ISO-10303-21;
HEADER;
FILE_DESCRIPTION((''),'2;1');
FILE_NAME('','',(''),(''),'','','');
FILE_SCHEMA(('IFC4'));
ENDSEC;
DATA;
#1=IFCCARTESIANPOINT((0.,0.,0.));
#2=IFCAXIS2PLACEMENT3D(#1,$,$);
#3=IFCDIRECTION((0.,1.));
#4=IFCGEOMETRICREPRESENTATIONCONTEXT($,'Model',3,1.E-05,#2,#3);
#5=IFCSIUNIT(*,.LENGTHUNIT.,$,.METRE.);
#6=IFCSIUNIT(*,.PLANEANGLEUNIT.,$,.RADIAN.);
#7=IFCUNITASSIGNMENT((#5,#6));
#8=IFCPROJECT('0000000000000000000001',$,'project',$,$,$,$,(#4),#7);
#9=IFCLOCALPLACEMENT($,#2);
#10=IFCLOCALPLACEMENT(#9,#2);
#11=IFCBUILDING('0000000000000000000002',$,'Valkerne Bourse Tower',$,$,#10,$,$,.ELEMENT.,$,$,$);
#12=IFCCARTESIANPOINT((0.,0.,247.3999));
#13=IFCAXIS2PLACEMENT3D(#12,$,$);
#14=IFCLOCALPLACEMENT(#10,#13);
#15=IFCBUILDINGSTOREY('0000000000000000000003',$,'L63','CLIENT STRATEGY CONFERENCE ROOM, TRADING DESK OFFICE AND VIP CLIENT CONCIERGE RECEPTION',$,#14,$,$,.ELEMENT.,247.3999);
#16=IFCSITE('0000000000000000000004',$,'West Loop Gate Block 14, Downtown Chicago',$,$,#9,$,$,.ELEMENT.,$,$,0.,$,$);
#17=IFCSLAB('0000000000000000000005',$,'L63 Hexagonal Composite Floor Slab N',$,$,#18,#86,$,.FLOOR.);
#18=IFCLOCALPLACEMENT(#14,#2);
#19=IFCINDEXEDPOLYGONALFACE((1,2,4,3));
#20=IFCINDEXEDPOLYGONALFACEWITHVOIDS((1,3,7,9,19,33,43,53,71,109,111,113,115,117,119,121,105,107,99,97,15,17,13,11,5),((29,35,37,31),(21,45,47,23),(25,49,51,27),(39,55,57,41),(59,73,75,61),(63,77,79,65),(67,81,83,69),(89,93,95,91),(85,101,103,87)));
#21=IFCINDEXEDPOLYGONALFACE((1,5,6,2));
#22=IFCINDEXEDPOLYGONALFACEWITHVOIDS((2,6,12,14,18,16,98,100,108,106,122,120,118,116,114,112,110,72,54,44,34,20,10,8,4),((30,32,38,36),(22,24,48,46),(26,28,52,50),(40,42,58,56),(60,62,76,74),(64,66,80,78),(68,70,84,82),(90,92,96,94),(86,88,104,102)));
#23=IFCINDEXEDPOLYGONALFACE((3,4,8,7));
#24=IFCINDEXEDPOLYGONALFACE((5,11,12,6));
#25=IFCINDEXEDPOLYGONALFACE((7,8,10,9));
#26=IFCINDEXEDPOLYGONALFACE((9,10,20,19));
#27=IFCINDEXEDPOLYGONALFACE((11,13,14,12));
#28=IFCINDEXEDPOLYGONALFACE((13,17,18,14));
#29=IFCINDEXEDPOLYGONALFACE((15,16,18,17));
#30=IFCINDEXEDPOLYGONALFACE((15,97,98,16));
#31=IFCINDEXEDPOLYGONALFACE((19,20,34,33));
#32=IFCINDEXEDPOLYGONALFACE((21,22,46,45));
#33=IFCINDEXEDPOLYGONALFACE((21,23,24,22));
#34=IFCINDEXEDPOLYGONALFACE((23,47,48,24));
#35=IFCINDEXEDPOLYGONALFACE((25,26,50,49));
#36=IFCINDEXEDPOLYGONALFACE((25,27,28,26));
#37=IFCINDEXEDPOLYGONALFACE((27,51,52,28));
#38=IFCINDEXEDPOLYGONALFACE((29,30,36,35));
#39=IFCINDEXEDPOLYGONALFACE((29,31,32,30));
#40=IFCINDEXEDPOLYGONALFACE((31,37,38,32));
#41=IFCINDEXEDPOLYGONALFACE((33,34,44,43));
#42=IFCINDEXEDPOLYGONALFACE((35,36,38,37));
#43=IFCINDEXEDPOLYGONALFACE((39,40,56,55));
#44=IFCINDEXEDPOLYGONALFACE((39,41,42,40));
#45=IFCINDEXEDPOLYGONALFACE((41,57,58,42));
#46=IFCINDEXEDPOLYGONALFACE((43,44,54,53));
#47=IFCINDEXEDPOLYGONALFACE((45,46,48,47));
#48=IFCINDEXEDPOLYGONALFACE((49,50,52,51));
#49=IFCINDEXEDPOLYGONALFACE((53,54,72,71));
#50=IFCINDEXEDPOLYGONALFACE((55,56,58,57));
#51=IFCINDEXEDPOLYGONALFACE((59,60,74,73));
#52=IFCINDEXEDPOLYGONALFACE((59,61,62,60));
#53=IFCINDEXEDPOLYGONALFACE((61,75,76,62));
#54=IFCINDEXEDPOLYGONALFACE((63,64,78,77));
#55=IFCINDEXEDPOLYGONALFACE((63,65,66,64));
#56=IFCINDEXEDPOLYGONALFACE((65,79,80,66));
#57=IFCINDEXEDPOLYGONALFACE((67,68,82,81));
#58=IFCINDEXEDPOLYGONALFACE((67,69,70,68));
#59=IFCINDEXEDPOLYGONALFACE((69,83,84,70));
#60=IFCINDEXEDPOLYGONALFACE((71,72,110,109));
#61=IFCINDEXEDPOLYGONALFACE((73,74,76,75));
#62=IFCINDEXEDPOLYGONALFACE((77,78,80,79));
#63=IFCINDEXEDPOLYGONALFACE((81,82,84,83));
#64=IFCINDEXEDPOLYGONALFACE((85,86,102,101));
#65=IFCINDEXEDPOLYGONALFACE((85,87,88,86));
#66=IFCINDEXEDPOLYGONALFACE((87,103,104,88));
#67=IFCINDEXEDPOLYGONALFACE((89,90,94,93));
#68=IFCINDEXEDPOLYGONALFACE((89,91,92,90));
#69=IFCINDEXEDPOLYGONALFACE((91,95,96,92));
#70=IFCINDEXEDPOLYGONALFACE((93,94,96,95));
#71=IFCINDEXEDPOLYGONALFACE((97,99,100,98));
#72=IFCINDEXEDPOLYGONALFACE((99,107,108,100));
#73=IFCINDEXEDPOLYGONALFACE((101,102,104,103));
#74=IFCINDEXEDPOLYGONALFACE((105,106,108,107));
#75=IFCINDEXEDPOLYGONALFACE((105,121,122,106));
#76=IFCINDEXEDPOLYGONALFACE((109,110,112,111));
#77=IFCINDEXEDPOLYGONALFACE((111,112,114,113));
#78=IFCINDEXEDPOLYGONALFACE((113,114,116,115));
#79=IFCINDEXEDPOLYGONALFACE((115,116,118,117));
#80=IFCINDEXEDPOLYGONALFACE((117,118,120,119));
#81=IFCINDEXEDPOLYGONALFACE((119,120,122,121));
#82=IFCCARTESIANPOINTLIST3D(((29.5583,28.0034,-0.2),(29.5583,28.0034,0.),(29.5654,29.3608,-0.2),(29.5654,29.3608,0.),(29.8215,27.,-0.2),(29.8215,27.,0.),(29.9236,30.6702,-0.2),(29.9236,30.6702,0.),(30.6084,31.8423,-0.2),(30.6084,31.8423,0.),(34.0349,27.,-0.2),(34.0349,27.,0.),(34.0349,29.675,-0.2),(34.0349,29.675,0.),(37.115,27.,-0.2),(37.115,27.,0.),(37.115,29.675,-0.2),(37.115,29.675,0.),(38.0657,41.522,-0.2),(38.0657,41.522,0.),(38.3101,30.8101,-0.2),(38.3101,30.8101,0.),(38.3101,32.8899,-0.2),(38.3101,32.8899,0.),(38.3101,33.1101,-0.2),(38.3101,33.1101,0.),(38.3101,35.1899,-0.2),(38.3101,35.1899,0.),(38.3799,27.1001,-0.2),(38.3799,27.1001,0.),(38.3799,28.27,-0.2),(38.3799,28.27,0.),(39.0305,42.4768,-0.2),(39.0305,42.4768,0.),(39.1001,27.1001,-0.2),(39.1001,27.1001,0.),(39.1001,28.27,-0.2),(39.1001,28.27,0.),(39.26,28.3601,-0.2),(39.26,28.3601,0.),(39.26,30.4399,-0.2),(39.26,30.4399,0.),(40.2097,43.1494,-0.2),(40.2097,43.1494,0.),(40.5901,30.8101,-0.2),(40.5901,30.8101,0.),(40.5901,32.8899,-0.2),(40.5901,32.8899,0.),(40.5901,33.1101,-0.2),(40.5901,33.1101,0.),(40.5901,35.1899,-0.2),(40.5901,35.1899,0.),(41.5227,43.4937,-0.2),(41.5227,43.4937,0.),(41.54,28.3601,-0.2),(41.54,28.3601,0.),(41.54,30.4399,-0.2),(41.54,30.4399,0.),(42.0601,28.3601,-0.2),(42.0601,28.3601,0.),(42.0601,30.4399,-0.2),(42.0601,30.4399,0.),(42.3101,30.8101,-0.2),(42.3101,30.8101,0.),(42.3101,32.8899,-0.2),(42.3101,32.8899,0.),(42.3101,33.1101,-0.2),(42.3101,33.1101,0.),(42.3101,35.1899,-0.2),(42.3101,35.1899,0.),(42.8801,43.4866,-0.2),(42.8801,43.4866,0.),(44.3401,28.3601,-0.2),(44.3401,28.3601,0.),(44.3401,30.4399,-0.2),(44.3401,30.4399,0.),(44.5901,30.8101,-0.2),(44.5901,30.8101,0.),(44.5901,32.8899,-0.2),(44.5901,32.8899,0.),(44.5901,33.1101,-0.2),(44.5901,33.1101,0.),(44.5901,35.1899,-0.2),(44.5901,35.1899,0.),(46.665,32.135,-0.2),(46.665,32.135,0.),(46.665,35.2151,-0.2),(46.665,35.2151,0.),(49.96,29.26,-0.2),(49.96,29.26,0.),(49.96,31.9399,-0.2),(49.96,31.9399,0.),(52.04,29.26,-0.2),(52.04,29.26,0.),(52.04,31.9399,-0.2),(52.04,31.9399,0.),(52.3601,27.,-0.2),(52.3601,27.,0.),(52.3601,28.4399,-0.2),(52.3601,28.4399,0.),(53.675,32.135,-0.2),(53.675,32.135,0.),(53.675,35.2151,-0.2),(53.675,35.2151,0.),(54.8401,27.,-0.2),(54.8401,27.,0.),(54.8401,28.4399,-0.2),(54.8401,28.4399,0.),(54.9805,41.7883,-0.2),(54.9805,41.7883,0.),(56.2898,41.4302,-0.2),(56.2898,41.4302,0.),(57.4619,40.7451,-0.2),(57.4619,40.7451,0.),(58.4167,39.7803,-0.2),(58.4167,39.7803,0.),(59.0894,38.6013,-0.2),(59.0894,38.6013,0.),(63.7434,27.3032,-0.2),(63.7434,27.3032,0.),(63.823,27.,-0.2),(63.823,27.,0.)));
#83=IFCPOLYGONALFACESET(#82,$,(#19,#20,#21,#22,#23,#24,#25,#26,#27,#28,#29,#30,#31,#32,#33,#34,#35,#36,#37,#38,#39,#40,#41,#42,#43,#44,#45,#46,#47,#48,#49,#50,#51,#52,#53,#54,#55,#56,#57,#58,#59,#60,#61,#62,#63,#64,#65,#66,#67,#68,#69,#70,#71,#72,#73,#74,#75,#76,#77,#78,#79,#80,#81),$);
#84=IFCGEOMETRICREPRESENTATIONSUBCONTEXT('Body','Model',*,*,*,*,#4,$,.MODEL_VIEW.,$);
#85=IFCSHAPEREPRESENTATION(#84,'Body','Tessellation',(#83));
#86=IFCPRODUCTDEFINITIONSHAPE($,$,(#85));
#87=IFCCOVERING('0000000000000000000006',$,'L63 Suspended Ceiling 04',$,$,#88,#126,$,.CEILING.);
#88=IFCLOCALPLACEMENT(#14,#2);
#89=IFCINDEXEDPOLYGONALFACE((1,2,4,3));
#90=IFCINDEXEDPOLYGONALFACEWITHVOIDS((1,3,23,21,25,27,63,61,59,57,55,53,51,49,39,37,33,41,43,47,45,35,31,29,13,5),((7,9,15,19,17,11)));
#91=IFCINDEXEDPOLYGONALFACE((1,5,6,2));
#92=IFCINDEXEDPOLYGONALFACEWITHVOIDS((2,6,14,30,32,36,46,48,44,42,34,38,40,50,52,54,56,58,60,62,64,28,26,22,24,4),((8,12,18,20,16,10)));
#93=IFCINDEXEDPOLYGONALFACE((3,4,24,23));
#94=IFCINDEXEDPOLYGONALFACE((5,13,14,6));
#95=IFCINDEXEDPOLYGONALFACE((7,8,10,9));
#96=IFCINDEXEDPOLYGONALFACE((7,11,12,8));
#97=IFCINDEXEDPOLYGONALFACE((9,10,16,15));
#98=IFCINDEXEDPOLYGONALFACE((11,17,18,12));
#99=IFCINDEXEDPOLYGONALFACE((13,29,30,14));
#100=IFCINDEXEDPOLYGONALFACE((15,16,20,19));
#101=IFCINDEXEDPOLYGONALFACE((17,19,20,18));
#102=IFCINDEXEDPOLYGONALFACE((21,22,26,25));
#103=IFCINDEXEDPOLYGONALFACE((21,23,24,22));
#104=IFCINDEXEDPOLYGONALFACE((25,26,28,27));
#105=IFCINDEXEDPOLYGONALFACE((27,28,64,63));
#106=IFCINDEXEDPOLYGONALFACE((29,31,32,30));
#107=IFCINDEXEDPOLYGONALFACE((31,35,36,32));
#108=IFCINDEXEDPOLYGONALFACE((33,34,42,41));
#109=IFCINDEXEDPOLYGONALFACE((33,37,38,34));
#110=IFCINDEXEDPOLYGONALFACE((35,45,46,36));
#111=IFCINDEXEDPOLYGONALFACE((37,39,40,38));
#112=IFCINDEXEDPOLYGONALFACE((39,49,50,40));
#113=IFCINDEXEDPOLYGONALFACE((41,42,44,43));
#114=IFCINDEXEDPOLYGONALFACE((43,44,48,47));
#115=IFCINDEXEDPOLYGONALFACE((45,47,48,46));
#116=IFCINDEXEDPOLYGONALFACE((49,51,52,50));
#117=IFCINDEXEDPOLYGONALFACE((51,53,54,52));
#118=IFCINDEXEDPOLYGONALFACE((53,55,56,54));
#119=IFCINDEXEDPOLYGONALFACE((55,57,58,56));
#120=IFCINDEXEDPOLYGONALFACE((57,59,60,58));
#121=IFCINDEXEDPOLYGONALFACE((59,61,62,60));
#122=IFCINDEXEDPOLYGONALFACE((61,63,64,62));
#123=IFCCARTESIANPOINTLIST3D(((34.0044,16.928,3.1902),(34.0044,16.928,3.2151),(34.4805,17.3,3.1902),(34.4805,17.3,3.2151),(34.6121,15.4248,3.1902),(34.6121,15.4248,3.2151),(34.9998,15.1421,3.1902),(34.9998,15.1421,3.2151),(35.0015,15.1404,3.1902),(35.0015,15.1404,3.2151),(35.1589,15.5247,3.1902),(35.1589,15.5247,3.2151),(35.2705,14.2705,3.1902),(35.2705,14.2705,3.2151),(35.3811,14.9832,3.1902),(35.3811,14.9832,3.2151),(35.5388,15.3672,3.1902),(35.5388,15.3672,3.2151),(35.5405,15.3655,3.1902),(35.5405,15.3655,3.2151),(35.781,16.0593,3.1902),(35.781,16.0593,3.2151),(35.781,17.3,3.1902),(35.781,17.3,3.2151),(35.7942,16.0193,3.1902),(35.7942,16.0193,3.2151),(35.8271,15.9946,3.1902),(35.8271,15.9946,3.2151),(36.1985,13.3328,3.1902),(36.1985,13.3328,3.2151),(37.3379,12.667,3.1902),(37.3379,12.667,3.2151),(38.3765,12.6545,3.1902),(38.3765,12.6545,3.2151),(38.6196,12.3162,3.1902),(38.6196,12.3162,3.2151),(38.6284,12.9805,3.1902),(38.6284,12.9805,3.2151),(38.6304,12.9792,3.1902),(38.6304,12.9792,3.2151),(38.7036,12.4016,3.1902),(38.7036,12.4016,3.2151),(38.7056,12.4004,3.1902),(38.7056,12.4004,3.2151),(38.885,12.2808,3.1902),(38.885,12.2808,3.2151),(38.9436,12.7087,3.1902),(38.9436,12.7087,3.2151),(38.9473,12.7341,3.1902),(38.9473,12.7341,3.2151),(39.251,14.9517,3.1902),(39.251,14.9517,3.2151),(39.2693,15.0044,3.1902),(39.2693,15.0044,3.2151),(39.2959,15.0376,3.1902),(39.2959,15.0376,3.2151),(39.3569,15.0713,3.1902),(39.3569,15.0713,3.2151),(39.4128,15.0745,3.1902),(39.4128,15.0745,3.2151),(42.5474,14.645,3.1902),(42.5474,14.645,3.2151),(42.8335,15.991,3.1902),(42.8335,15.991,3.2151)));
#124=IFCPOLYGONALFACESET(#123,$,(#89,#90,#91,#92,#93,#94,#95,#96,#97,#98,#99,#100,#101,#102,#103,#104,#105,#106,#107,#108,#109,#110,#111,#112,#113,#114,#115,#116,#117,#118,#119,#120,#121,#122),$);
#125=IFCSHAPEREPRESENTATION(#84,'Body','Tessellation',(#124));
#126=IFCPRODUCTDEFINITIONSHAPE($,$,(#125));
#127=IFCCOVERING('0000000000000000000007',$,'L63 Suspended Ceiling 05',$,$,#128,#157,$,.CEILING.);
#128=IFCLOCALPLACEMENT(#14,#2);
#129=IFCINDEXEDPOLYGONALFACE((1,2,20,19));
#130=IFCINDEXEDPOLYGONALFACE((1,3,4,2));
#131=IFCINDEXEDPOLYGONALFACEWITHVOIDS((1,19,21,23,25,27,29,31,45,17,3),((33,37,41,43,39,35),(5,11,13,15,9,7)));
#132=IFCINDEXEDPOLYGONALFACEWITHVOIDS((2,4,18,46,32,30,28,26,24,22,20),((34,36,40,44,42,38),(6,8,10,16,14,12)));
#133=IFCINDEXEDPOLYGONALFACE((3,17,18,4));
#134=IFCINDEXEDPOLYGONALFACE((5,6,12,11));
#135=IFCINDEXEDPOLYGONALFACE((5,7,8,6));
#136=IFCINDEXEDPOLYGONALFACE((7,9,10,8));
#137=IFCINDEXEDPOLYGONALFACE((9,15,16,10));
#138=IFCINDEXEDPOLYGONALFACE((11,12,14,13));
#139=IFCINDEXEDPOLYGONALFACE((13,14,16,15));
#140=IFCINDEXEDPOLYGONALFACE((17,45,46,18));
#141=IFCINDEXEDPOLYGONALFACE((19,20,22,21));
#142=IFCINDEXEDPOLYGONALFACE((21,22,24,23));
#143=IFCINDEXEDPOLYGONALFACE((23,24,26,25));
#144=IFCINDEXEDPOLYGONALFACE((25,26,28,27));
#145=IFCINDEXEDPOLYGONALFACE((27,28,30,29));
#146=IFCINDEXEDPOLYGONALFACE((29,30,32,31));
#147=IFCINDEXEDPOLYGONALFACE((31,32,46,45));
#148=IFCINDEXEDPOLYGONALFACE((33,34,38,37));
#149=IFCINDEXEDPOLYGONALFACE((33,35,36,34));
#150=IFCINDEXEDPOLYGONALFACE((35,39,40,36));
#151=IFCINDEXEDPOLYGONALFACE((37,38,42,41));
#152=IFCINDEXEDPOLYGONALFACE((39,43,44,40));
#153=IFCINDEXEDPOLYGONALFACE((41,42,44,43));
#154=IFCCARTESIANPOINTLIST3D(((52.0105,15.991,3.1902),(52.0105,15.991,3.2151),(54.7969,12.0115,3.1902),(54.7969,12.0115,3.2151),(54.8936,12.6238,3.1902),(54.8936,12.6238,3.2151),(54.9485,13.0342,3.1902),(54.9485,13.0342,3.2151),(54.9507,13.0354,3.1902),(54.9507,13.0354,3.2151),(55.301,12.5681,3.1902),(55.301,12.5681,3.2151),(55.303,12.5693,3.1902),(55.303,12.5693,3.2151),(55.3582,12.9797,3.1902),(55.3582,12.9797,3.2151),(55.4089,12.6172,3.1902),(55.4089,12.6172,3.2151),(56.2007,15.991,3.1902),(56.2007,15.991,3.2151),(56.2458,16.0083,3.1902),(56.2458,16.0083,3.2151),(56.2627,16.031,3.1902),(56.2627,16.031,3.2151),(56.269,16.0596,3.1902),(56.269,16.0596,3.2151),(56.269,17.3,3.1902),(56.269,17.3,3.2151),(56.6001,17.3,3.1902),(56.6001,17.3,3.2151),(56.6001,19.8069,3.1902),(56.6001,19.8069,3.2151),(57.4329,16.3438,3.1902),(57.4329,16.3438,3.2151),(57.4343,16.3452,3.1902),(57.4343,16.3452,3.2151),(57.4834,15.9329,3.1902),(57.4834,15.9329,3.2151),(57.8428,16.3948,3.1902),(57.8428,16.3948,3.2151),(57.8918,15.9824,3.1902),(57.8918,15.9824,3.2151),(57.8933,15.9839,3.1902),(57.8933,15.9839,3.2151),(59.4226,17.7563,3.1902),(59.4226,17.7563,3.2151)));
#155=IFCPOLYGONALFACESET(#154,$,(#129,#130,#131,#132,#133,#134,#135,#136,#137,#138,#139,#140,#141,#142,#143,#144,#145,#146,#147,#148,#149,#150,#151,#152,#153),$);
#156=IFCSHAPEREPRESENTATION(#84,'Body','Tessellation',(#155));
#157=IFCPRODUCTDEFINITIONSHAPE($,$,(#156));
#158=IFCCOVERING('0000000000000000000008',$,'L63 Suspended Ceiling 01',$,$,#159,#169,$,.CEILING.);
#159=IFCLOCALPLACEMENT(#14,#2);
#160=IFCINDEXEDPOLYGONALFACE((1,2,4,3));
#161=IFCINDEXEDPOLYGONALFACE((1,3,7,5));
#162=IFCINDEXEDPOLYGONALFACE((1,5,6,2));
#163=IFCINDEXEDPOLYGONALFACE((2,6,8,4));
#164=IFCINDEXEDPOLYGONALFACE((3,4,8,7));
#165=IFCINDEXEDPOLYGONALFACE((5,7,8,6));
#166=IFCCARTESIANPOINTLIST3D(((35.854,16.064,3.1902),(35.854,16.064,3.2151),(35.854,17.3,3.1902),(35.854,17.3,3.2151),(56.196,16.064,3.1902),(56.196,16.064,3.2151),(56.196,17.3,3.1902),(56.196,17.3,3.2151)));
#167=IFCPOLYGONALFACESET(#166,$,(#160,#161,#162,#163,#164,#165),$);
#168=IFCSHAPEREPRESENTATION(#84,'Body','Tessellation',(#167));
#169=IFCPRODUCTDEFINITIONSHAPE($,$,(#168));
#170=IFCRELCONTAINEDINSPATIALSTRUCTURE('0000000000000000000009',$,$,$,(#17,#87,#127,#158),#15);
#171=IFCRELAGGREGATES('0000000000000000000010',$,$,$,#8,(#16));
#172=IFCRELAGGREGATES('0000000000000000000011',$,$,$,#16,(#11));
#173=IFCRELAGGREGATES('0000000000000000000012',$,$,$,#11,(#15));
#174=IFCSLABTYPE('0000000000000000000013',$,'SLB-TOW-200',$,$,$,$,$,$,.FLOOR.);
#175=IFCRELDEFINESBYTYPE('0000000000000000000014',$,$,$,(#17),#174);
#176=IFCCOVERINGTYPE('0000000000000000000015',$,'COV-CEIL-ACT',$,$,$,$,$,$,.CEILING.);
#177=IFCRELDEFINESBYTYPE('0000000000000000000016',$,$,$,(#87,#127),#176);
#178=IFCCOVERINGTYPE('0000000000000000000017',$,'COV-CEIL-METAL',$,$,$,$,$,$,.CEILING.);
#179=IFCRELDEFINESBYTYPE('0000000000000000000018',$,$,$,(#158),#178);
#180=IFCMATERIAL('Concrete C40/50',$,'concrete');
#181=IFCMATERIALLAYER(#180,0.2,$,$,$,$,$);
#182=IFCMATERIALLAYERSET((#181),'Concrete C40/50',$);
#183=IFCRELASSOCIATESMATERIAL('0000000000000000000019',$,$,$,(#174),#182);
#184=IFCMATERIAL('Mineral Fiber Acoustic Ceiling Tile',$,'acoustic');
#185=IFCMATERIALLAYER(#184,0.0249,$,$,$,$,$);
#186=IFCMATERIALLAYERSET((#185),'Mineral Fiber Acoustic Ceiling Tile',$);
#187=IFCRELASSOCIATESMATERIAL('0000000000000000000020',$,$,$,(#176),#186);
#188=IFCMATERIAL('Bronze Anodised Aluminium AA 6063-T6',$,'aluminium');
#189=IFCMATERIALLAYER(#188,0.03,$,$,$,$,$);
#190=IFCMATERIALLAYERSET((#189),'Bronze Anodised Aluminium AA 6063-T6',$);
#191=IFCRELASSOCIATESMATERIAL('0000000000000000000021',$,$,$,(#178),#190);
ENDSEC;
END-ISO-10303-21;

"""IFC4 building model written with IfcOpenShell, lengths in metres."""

from ifc_helpers import new_model, si_unit, direction, frame, origin, place, context, subcontext, project, spatial, polyline, outline, extrude, material, layer, layer_set, type_object, element, save


model = new_model("IFC4")

# Units and contexts
model_context = context("Model", 3, precision=1e-05, world=origin(), true_north=direction((0.0, 1.0)))
body_context = subcontext(model_context, "Body", "Model", "MODEL_VIEW")
ifc_project = project(units=[si_unit("LENGTHUNIT", "METRE"), si_unit("PLANEANGLEUNIT", "RADIAN")], contexts=[model_context])

# Site, building, storey
site_placement = place(None, origin())
site = spatial("IfcSite", under=ifc_project, at=site_placement, Name="West Loop Gate Block 14, Downtown Chicago", CompositionType="ELEMENT", RefElevation=0.0)
building_placement = place(site_placement, origin())
building = spatial("IfcBuilding", under=site, at=building_placement, Name="Valkerne Bourse Tower", CompositionType="ELEMENT")
storey_placement = place(building_placement, frame((0.0, 0.0, 247.3999)))
storey = spatial("IfcBuildingStorey", under=building, at=storey_placement, Name="L63", Description="CLIENT STRATEGY CONFERENCE ROOM, TRADING DESK OFFICE AND VIP CLIENT CONCIERGE RECEPTION", CompositionType="ELEMENT", Elevation=247.3999)

# Shared definitions
ifc_material_1 = material(Name="Concrete C40/50", Category="concrete")

# Slab
ifc_layer_1 = layer(ifc_material_1, 0.2)
ifc_layer_set_1 = layer_set([ifc_layer_1], Name="Concrete C40/50")
slab_type_1 = type_object("IfcSlabType", Name="SLB-TOW-200", PredefinedType="FLOOR", material=ifc_layer_set_1)
slab_1_placement = place(storey_placement, frame((0.0, 0.0, -0.2)))
element("IfcSlab", 1, at=slab_1_placement, inside=storey, type_object=slab_type_1, Name="L63 Hexagonal Composite Floor Slab N", PredefinedType="FLOOR", context=body_context, shape_type="SweptSolid", body=[
    extrude(outline(polyline([(29.5583, 28.0034), (29.5654, 29.3608), (29.9236, 30.6702), (30.6084, 31.8423), (38.0657, 41.522), (39.0305, 42.4768), (40.2097, 43.1494), (41.5227, 43.4937), (42.8801, 43.4866), (54.9805, 41.7883), (56.2898, 41.4302), (57.4619, 40.7451), (58.4167, 39.7803), (59.0894, 38.6013), (63.7434, 27.3032), (63.823, 27.0), (54.8401, 27.0), (54.8401, 28.4399), (52.3601, 28.4399), (52.3601, 27.0), (37.115, 27.0), (37.115, 29.675), (34.0349, 29.675), (34.0349, 27.0), (29.8215, 27.0), (29.5583, 28.0034)]), holes=[polyline([(39.1001, 28.27), (38.3799, 28.27), (38.3799, 27.1001), (39.1001, 27.1001), (39.1001, 28.27)]), polyline([(41.54, 30.4399), (39.26, 30.4399), (39.26, 28.3601), (41.54, 28.3601), (41.54, 30.4399)]), polyline([(40.5901, 32.8899), (38.3101, 32.8899), (38.3101, 30.8101), (40.5901, 30.8101), (40.5901, 32.8899)]), polyline([(40.5901, 35.1899), (38.3101, 35.1899), (38.3101, 33.1101), (40.5901, 33.1101), (40.5901, 35.1899)]), polyline([(44.3401, 30.4399), (42.0601, 30.4399), (42.0601, 28.3601), (44.3401, 28.3601), (44.3401, 30.4399)]), polyline([(52.04, 31.9399), (49.96, 31.9399), (49.96, 29.26), (52.04, 29.26), (52.04, 31.9399)]), polyline([(44.5901, 32.8899), (42.3101, 32.8899), (42.3101, 30.8101), (44.5901, 30.8101), (44.5901, 32.8899)]), polyline([(53.675, 35.2151), (46.665, 35.2151), (46.665, 32.135), (53.675, 32.135), (53.675, 35.2151)]), polyline([(44.5901, 35.1899), (42.3101, 35.1899), (42.3101, 33.1101), (44.5901, 33.1101), (44.5901, 35.1899)])]), origin(), (0.0, 0.0, 1.0), 0.2),
])

# Coverings
ifc_material_2 = material(Name="Mineral Fiber Acoustic Ceiling Tile", Category="acoustic")
ifc_layer_2 = layer(ifc_material_2, 0.0249)
ifc_layer_set_2 = layer_set([ifc_layer_2], Name="Mineral Fiber Acoustic Ceiling Tile")
covering_type_1 = type_object("IfcCoveringType", Name="COV-CEIL-ACT", PredefinedType="CEILING", material=ifc_layer_set_2)
covering_1_placement = place(storey_placement, frame((0.0, 0.0, 3.1902)))
element("IfcCovering", 2, at=covering_1_placement, inside=storey, type_object=covering_type_1, Name="L63 Suspended Ceiling 04", PredefinedType="CEILING", context=body_context, shape_type="SweptSolid", body=[
    extrude(outline(polyline([(34.6121, 15.4248), (34.0044, 16.928), (34.4805, 17.3), (35.781, 17.3), (35.781, 16.0593), (35.7942, 16.0193), (35.8271, 15.9946), (42.8335, 15.991), (42.5474, 14.645), (39.4128, 15.0745), (39.3569, 15.0713), (39.2959, 15.0376), (39.2693, 15.0044), (39.251, 14.9517), (38.9473, 12.7341), (38.6304, 12.9792), (38.6284, 12.9805), (38.3765, 12.6545), (38.7036, 12.4016), (38.7056, 12.4004), (38.9436, 12.7087), (38.885, 12.2808), (38.6196, 12.3162), (37.3379, 12.667), (36.1985, 13.3328), (35.2705, 14.2705), (34.6121, 15.4248)]), holes=[polyline([(35.5388, 15.3672), (35.1589, 15.5247), (34.9998, 15.1421), (35.0015, 15.1404), (35.3811, 14.9832), (35.5405, 15.3655), (35.5388, 15.3672)])]), origin(), (0.0, 0.0, 1.0), 0.0249),
])
covering_2_placement = place(storey_placement, frame((0.0, 0.0, 3.1902)))
element("IfcCovering", 3, at=covering_2_placement, inside=storey, type_object=covering_type_1, Name="L63 Suspended Ceiling 05", PredefinedType="CEILING", context=body_context, shape_type="SweptSolid", body=[
    extrude(outline(polyline([(52.0105, 15.991), (56.2007, 15.991), (56.2458, 16.0083), (56.2627, 16.031), (56.269, 16.0596), (56.269, 17.3), (56.6001, 17.3), (56.6001, 19.8069), (59.4226, 17.7563), (55.4089, 12.6172), (54.7969, 12.0115), (52.0105, 15.991)]), holes=[polyline([(55.3582, 12.9797), (54.9507, 13.0354), (54.9485, 13.0342), (54.8936, 12.6238), (55.301, 12.5681), (55.303, 12.5693), (55.3582, 12.9797)]), polyline([(57.8933, 15.9839), (57.8428, 16.3948), (57.4343, 16.3452), (57.4329, 16.3438), (57.4834, 15.9329), (57.8918, 15.9824), (57.8933, 15.9839)])]), origin(), (0.0, 0.0, 1.0), 0.0249),
])
ifc_material_3 = material(Name="Bronze Anodised Aluminium AA 6063-T6", Category="aluminium")
ifc_layer_3 = layer(ifc_material_3, 0.03)
ifc_layer_set_3 = layer_set([ifc_layer_3], Name="Bronze Anodised Aluminium AA 6063-T6")
covering_type_2 = type_object("IfcCoveringType", Name="COV-CEIL-METAL", PredefinedType="CEILING", material=ifc_layer_set_3)
covering_3_placement = place(storey_placement, frame((0.0, 0.0, 3.1902)))
element("IfcCovering", 4, at=covering_3_placement, inside=storey, type_object=covering_type_2, Name="L63 Suspended Ceiling 01", PredefinedType="CEILING", context=body_context, shape_type="SweptSolid", body=[
    extrude(outline(polyline([(35.854, 17.3), (56.196, 17.3), (56.196, 16.064), (35.854, 16.064), (35.854, 17.3)])), origin(), (0.0, 0.0, 1.0), 0.0249),
])

save(model, "model.ifc")
